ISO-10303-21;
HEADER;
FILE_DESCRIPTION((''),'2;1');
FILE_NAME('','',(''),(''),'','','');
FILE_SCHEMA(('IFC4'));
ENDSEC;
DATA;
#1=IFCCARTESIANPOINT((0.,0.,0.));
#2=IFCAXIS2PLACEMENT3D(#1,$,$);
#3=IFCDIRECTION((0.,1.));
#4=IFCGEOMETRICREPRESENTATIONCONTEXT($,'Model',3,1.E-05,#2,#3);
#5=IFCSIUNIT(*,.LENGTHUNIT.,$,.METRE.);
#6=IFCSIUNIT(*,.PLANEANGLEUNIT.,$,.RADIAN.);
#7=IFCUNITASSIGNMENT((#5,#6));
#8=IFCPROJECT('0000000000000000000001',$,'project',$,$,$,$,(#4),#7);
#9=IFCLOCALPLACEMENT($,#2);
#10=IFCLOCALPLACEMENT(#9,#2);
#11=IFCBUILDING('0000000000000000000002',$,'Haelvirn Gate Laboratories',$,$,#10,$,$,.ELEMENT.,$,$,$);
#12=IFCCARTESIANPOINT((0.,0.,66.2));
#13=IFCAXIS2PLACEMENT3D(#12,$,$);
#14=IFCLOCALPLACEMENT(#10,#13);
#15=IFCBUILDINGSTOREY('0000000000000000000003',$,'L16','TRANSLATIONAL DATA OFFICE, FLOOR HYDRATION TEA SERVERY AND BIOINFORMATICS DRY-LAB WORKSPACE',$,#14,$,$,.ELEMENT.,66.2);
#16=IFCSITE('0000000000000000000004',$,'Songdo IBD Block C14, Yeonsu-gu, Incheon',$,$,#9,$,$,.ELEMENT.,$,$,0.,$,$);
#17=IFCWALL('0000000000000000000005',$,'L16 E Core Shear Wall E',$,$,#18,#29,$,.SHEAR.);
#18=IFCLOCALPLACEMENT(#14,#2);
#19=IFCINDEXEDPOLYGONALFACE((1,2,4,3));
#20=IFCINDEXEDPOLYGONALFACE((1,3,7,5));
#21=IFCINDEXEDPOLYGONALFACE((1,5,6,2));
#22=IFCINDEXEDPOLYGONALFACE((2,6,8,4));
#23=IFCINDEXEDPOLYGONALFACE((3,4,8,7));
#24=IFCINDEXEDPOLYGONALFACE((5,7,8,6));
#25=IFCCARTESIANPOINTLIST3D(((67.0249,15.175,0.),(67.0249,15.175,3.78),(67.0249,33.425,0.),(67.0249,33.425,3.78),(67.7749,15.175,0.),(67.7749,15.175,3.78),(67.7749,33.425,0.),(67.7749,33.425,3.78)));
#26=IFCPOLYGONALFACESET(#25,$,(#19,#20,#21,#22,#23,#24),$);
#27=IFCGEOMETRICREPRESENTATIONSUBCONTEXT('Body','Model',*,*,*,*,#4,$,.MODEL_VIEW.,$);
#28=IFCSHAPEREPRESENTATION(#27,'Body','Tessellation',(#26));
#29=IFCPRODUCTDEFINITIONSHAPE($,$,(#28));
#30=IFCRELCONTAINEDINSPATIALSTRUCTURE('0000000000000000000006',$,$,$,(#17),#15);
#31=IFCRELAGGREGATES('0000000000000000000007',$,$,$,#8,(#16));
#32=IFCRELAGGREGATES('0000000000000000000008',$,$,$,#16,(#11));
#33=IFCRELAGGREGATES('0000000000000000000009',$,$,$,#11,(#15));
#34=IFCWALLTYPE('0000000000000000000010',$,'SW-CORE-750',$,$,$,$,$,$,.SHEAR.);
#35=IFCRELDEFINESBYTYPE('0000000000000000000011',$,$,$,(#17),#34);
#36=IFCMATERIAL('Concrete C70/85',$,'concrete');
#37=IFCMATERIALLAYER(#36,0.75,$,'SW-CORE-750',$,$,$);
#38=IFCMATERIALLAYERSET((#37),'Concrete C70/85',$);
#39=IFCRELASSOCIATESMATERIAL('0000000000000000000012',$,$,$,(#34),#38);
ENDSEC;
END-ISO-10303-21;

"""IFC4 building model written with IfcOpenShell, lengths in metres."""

from ifc_helpers import new_model, si_unit, direction, frame, frame_2d, origin, place, context, subcontext, project, spatial, rectangle, extrude, material, layer, layer_set, type_object, element, save


model = new_model("IFC4")

# Units and contexts
model_context = context("Model", 3, precision=1e-05, world=origin(), true_north=direction((0.0, 1.0)))
body_context = subcontext(model_context, "Body", "Model", "MODEL_VIEW")
ifc_project = project(units=[si_unit("LENGTHUNIT", "METRE"), si_unit("PLANEANGLEUNIT", "RADIAN")], contexts=[model_context])

# Site, building, storey
site_placement = place(None, origin())
site = spatial("IfcSite", under=ifc_project, at=site_placement, Name="Songdo IBD Block C14, Yeonsu-gu, Incheon", CompositionType="ELEMENT", RefElevation=0.0)
building_placement = place(site_placement, origin())
building = spatial("IfcBuilding", under=site, at=building_placement, Name="Haelvirn Gate Laboratories", CompositionType="ELEMENT")
storey_placement = place(building_placement, frame((0.0, 0.0, 66.2)))
storey = spatial("IfcBuildingStorey", under=building, at=storey_placement, Name="L16", Description="TRANSLATIONAL DATA OFFICE, FLOOR HYDRATION TEA SERVERY AND BIOINFORMATICS DRY-LAB WORKSPACE", CompositionType="ELEMENT", Elevation=66.2)

# Shared definitions
ifc_material_1 = material(Name="Concrete C70/85", Category="concrete")

# Wall
ifc_layer_1 = layer(ifc_material_1, 0.75, Name="SW-CORE-750")
ifc_layer_set_1 = layer_set([ifc_layer_1], Name="Concrete C70/85")
wall_type_1 = type_object("IfcWallType", Name="SW-CORE-750", PredefinedType="SHEAR", material=ifc_layer_set_1)
wall_1_placement = place(storey_placement, frame((67.3999, 15.175, 0.0), z_axis=(0.0, 0.0, 1.0), x_axis=(0.0, 1.0, 0.0)))
element("IfcWall", 1, at=wall_1_placement, inside=storey, type_object=wall_type_1, Name="L16 E Core Shear Wall E", PredefinedType="SHEAR", context=body_context, shape_type="SweptSolid", body=[
    extrude(rectangle(XDim=18.25, YDim=0.75, at=frame_2d((9.125, 0.0))), origin(), (0.0, 0.0, 1.0), 3.78),
])

save(model, "model.ifc")
